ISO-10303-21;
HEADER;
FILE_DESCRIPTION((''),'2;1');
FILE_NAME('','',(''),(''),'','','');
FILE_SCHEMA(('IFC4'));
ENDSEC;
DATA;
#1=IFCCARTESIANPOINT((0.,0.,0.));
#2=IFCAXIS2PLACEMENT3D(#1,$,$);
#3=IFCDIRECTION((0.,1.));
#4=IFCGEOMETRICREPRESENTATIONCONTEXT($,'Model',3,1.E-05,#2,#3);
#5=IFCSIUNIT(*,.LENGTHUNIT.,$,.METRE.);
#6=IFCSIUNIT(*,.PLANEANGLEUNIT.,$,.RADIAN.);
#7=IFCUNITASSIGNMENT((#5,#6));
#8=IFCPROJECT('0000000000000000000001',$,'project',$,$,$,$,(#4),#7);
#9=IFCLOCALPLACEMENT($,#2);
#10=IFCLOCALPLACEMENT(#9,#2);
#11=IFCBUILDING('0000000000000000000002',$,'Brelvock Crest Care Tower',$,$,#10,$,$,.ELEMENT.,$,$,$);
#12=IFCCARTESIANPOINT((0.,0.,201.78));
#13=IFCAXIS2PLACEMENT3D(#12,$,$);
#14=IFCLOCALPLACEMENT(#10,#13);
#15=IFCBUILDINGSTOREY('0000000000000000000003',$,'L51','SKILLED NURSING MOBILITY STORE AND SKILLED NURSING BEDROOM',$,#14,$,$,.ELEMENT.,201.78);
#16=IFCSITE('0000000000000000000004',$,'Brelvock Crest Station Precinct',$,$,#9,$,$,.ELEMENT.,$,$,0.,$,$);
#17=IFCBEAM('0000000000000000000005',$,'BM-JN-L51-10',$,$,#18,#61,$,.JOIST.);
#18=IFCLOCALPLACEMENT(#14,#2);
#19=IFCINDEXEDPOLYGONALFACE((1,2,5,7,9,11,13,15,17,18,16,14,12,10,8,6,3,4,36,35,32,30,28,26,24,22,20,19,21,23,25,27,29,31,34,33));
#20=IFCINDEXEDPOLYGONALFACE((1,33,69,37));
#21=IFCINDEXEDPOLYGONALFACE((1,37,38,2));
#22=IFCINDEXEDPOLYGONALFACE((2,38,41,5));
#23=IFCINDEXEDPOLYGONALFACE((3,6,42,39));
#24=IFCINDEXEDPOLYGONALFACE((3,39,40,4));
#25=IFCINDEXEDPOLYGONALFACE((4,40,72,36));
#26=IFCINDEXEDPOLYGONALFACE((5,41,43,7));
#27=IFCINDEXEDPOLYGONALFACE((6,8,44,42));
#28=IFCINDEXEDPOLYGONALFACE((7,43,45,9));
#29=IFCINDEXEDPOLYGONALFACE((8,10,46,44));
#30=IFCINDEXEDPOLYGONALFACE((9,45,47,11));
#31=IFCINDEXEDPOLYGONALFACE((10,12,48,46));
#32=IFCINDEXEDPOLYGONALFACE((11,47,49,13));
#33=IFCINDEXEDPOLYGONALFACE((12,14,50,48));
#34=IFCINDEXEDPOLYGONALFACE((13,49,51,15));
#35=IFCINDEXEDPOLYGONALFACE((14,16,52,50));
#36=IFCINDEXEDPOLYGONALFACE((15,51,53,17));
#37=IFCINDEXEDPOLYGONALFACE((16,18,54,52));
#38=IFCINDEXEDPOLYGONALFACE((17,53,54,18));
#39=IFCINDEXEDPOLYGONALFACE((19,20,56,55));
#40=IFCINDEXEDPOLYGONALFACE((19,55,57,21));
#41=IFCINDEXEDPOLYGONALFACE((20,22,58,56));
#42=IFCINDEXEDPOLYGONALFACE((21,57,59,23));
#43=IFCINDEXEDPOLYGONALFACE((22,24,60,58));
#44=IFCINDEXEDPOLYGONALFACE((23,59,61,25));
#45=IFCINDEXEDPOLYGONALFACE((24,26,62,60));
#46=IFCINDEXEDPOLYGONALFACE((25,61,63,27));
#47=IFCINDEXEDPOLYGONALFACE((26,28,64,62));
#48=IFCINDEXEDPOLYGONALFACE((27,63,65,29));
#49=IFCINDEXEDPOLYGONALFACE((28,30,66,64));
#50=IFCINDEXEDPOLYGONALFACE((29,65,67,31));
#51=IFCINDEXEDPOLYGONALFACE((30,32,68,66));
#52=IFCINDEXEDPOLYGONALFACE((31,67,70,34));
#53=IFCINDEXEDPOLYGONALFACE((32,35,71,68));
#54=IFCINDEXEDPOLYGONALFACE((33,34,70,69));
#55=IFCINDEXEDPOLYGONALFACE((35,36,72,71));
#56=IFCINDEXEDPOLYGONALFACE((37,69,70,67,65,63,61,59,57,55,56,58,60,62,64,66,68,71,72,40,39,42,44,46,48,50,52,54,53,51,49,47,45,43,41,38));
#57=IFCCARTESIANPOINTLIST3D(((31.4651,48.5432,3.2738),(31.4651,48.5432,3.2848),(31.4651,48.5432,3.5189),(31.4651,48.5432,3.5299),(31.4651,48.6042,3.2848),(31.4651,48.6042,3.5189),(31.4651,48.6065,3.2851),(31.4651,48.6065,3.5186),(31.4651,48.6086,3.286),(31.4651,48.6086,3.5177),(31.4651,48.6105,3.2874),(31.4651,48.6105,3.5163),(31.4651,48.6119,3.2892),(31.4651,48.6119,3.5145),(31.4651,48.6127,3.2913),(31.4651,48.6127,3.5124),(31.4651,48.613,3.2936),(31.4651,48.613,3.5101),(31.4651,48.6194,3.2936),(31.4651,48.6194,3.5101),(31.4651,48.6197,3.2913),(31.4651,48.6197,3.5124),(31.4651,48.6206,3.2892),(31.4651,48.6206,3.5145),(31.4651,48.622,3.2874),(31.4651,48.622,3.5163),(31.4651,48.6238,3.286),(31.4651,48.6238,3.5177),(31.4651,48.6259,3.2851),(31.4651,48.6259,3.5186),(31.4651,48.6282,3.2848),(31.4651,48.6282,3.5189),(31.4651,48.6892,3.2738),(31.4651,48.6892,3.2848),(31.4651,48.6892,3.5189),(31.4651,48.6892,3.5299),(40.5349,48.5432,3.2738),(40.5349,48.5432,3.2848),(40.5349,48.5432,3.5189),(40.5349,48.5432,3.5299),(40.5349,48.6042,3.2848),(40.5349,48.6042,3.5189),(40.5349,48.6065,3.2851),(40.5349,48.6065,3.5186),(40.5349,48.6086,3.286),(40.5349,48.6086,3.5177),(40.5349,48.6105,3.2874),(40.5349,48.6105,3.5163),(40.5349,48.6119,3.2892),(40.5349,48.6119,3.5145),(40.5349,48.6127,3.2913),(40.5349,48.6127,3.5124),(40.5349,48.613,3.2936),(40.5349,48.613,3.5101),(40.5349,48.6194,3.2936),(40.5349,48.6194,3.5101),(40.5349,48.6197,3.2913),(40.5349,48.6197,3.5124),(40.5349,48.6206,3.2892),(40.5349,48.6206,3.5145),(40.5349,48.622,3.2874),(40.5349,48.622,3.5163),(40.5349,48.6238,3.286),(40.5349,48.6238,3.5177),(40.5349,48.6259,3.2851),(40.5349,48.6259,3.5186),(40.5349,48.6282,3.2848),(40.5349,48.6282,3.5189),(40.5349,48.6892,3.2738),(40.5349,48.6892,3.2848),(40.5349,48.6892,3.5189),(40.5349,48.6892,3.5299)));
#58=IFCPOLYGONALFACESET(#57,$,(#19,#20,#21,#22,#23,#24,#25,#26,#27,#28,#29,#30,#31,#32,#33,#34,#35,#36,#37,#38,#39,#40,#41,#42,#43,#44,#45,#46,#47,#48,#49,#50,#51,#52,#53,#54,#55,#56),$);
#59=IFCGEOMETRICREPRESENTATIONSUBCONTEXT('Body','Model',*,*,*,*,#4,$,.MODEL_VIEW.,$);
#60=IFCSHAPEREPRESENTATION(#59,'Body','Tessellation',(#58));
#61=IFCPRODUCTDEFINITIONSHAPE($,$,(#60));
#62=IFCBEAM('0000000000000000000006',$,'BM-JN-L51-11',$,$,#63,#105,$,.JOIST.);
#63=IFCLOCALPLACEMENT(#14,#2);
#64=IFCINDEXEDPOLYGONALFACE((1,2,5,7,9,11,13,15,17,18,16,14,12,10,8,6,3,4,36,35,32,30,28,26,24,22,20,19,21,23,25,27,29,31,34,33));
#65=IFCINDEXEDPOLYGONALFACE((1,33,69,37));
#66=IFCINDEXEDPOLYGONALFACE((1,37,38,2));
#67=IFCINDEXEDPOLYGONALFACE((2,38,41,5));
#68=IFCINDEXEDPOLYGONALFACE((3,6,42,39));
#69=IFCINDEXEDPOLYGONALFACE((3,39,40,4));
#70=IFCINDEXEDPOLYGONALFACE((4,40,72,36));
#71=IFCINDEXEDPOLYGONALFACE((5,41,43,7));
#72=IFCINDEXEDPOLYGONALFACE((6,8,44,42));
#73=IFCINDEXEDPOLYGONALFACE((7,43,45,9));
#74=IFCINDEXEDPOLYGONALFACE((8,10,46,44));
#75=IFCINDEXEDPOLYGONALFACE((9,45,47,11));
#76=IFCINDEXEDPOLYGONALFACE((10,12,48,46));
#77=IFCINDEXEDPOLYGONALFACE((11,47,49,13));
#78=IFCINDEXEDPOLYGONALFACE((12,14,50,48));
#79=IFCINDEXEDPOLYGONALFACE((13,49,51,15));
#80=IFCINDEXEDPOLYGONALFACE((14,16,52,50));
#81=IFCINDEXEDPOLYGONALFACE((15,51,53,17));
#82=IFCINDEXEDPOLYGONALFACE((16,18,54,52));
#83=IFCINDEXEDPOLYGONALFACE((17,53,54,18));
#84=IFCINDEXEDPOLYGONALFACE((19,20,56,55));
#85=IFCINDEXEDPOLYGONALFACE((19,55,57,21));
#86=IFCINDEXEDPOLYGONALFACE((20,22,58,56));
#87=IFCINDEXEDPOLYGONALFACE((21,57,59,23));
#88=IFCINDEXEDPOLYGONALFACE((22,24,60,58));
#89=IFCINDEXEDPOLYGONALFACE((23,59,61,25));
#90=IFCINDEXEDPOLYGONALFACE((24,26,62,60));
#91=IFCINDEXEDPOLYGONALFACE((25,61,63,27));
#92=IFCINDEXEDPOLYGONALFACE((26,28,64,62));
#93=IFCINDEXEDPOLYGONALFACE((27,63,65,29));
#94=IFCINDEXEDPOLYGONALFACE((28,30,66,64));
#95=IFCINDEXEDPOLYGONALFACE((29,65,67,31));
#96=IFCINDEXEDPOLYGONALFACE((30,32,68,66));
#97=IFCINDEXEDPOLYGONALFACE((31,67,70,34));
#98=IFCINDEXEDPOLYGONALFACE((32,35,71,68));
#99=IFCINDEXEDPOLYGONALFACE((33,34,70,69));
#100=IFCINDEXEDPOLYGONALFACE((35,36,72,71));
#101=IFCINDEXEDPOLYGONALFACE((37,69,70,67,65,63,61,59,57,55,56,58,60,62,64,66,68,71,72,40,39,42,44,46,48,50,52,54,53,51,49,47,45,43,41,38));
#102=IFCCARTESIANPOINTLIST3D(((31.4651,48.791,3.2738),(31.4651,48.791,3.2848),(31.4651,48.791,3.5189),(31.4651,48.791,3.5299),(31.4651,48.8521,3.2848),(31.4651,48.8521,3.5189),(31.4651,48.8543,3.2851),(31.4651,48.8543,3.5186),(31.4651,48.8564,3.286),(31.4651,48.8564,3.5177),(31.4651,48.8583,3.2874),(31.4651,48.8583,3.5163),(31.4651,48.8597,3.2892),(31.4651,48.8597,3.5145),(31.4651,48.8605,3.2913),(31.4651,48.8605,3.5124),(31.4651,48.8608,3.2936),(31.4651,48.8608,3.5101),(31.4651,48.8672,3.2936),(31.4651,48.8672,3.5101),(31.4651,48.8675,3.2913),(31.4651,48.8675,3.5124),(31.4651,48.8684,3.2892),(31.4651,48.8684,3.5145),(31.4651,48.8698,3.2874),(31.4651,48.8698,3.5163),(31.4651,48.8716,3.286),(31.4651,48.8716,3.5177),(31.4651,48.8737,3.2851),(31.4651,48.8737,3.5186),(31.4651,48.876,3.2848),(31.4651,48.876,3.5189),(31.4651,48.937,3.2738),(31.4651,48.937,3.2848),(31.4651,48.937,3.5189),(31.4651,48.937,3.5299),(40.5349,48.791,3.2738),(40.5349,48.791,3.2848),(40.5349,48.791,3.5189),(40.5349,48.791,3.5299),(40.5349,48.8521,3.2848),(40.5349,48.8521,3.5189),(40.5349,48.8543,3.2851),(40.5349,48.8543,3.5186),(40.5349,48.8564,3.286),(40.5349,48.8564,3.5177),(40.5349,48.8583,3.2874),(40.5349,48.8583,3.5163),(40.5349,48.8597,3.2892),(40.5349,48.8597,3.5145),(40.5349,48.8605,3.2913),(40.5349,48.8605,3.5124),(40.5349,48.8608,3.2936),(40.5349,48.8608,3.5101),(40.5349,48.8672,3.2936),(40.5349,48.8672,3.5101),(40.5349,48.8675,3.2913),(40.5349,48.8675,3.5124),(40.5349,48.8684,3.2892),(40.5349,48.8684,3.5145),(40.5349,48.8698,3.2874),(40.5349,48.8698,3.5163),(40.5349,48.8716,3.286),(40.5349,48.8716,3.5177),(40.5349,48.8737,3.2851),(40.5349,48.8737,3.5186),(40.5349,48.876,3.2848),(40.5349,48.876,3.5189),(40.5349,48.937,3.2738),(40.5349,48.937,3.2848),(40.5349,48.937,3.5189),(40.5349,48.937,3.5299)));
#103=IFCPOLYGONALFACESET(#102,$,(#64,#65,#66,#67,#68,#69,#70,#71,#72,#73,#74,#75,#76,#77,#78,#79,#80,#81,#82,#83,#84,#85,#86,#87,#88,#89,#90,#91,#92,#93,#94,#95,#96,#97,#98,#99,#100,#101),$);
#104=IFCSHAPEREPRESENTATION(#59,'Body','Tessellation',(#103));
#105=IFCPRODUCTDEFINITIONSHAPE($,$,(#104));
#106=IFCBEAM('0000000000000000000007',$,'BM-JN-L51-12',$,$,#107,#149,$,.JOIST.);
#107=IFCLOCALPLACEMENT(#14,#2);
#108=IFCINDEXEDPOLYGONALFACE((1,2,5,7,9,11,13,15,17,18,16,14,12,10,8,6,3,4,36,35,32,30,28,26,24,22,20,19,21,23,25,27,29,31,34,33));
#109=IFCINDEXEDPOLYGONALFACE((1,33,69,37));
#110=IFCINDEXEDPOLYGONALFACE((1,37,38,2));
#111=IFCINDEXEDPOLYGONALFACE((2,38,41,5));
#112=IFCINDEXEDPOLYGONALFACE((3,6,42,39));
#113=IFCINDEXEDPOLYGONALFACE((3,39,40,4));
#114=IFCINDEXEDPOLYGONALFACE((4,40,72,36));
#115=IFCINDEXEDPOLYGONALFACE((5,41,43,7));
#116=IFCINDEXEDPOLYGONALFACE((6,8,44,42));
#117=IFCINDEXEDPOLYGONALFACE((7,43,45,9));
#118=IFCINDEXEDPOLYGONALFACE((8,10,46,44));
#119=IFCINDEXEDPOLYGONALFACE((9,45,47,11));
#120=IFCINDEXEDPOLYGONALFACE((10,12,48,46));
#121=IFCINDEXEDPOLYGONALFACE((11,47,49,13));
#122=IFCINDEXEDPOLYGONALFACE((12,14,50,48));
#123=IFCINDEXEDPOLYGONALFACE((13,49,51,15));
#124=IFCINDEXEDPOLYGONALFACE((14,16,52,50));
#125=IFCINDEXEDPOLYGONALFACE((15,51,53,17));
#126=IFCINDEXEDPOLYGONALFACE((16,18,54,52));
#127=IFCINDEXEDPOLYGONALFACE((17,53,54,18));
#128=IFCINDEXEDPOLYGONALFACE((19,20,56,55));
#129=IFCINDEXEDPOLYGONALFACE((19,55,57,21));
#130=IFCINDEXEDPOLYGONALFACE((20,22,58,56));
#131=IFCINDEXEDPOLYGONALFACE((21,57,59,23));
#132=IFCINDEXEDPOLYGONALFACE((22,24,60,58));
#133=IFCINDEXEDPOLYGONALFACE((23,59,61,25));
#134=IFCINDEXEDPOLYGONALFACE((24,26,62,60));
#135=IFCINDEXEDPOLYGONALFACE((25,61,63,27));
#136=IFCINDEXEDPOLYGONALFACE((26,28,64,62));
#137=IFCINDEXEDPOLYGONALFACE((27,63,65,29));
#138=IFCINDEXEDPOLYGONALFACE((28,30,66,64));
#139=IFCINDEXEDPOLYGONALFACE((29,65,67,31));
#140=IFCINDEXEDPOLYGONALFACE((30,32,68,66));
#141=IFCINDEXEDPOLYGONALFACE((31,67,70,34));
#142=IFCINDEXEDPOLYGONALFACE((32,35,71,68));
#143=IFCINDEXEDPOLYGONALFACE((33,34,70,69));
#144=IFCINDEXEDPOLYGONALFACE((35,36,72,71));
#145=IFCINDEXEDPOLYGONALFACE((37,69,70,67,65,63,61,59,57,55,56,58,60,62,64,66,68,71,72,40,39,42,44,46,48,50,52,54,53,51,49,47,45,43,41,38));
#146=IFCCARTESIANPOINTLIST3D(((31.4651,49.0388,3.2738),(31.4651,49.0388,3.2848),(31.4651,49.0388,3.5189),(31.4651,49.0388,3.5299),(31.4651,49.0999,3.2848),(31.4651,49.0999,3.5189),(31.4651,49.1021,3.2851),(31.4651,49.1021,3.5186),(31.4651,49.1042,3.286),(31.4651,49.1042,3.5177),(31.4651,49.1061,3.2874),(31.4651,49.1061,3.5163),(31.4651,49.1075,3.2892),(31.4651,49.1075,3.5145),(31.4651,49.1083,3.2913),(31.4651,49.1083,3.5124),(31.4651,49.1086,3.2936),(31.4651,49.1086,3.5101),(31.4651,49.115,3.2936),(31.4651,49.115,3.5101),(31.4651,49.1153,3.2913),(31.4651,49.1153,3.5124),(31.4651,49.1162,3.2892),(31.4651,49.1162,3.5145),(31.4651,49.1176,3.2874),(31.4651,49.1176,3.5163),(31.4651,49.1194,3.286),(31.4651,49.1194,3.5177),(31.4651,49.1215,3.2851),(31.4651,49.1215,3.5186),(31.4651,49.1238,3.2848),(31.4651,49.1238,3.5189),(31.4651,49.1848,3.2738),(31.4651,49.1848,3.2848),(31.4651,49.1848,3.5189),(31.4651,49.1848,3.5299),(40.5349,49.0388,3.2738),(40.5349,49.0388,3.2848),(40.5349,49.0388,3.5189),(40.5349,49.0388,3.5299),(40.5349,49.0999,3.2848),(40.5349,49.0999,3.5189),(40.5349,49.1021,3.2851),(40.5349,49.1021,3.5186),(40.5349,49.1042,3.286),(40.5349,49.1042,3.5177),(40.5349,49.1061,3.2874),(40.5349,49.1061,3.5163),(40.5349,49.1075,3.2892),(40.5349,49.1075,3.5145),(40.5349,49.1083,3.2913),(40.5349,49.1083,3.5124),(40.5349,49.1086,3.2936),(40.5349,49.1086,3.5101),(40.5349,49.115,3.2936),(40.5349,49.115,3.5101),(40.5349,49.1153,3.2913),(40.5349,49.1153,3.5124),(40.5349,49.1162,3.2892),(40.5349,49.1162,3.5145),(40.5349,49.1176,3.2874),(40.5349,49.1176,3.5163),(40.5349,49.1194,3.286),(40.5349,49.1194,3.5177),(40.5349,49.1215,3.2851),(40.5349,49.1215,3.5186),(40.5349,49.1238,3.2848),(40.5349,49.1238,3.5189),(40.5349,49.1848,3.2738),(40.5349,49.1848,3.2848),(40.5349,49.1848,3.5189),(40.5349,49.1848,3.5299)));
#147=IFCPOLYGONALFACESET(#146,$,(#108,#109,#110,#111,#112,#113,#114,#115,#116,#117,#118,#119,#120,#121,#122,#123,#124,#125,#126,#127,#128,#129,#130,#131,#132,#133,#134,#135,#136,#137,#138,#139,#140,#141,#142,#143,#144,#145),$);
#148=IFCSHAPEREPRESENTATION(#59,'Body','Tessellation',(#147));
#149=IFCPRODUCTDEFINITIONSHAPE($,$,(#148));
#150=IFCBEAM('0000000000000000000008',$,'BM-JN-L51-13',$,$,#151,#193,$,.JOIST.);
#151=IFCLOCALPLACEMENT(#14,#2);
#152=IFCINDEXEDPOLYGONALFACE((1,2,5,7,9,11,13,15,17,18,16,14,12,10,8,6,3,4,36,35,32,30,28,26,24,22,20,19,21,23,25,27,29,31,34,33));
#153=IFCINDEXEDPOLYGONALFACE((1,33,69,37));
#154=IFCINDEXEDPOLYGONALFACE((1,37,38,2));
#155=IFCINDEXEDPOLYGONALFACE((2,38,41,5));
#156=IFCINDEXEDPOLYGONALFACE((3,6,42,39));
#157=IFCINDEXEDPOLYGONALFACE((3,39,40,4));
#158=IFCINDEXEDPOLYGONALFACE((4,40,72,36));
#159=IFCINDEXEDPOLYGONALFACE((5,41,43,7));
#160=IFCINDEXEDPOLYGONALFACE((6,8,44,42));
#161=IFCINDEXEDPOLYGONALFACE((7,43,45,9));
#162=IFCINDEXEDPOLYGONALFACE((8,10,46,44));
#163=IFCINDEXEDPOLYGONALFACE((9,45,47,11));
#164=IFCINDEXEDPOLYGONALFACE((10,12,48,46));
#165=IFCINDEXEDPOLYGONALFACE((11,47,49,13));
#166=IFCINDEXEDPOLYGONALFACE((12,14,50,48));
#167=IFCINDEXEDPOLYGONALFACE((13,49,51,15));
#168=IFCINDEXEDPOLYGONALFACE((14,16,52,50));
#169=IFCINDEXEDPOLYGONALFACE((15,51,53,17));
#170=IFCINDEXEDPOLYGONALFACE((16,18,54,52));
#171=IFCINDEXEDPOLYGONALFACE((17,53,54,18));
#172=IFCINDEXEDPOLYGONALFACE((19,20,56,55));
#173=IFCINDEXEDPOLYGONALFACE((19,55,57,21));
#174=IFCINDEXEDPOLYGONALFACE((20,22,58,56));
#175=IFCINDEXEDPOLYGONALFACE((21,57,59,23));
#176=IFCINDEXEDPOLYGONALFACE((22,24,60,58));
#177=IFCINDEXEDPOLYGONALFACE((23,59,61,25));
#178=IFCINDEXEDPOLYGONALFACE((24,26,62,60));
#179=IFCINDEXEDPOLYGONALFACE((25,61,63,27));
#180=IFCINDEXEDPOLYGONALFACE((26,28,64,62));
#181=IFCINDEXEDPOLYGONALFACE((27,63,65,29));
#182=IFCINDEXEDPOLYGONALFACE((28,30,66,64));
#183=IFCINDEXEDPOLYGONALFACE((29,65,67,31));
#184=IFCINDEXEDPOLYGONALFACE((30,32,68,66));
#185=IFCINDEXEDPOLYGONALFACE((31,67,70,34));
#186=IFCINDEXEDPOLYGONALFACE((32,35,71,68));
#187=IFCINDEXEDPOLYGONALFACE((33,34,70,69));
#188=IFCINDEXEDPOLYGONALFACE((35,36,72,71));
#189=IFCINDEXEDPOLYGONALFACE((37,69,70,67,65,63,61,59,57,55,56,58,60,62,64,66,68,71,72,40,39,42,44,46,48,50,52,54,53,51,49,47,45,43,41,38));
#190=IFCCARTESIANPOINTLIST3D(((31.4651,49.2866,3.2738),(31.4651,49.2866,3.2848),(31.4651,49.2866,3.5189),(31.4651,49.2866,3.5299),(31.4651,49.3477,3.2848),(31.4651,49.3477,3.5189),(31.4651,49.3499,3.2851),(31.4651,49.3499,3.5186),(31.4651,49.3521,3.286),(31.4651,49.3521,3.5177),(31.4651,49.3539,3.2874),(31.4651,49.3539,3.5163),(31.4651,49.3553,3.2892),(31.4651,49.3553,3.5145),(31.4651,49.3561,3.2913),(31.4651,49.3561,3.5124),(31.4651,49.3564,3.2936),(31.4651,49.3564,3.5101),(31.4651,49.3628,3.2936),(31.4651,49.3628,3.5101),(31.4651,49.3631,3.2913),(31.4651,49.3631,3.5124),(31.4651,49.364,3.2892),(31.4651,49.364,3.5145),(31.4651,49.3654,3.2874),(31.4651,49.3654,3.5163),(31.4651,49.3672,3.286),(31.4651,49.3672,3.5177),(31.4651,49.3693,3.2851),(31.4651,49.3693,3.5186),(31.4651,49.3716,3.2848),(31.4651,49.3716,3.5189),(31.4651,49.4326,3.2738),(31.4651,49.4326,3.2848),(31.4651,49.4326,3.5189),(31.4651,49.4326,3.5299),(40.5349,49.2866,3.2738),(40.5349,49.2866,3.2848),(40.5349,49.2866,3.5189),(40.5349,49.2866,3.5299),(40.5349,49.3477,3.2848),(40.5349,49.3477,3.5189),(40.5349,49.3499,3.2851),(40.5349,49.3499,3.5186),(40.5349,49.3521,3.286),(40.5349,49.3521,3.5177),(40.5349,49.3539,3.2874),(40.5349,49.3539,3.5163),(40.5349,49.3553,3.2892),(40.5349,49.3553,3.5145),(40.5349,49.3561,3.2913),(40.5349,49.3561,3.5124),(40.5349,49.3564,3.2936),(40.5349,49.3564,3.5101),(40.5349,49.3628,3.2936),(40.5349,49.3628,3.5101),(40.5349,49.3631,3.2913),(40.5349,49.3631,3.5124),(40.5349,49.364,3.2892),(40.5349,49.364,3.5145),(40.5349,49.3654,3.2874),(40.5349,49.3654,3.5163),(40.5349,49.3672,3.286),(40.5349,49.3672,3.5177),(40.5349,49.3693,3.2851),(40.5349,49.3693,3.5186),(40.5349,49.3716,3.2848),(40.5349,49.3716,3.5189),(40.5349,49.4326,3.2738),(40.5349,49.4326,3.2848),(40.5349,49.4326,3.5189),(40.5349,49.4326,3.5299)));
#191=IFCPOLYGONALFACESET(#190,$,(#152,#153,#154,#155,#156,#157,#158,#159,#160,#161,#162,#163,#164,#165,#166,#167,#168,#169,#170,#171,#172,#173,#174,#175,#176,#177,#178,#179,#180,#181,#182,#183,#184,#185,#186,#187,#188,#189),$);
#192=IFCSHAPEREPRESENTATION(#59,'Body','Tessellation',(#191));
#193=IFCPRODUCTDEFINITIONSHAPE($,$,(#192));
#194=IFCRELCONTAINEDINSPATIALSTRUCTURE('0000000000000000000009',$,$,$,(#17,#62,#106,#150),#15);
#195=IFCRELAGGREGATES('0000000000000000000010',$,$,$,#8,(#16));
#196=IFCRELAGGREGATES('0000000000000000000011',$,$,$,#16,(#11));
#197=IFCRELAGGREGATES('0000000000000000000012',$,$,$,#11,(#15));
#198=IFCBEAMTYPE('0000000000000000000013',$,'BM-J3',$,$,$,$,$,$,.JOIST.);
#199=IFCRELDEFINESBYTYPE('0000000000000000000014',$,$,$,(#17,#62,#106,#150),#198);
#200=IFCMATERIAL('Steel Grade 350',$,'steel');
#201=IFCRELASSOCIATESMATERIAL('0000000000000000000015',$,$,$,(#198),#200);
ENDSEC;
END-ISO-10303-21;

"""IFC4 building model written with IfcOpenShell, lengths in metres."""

from ifc_helpers import new_model, si_unit, direction, frame, origin, origin_2d, place, context, subcontext, project, spatial, i_section, extrude, source, transform, mapped, material, material_profile, profile_set, type_object, element, save


model = new_model("IFC4")

# Units and contexts
model_context = context("Model", 3, precision=1e-05, world=origin(), true_north=direction((0.0, 1.0)))
body_context = subcontext(model_context, "Body", "Model", "MODEL_VIEW")
ifc_project = project(units=[si_unit("LENGTHUNIT", "METRE"), si_unit("PLANEANGLEUNIT", "RADIAN")], contexts=[model_context])

# Site, building, storey
site_placement = place(None, origin())
site = spatial("IfcSite", under=ifc_project, at=site_placement, Name="Brelvock Crest Station Precinct", CompositionType="ELEMENT", RefElevation=0.0)
building_placement = place(site_placement, origin())
building = spatial("IfcBuilding", under=site, at=building_placement, Name="Brelvock Crest Care Tower", CompositionType="ELEMENT")
storey_placement = place(building_placement, frame((0.0, 0.0, 201.78)))
storey = spatial("IfcBuildingStorey", under=building, at=storey_placement, Name="L51", Description="SKILLED NURSING MOBILITY STORE AND SKILLED NURSING BEDROOM", CompositionType="ELEMENT", Elevation=201.78)

# Shared definitions
ifc_material_1 = material(Name="Steel Grade 350", Category="steel")

# Beams
ifc_material_profile_1 = material_profile(ifc_material_1, i_section(OverallWidth=0.146, OverallDepth=0.2561, WebThickness=0.0063, FlangeThickness=0.011, FilletRadius=0.0088, at=origin_2d()), Name="250UB37.3")
ifc_profile_set_1 = profile_set([ifc_material_profile_1], Name="Steel Grade 350")
beam_type_1 = type_object("IfcBeamType", Name="BM-J3", PredefinedType="JOIST", material=ifc_profile_set_1)
shared_shape_1 = source(origin(), body_context, "Body", "SweptSolid", [
    extrude(i_section(OverallWidth=0.146, OverallDepth=0.2561, WebThickness=0.0063, FlangeThickness=0.011, FilletRadius=0.0088, at=origin_2d()), origin(), (0.0, 0.0, 1.0), 9.0698),
])
for number, where, z_axis, x_axis, name in (
    (1, (31.4651, 48.6162, 3.4019), (1.0, 0.0, 0.0), (0.0, 1.0, 0.0), "BM-JN-L51-10"),
    (2, (31.4651, 48.864, 3.4019), (1.0, 0.0, 0.0), (0.0, 1.0, 0.0), "BM-JN-L51-11"),
    (3, (31.4651, 49.1118, 3.4019), (1.0, 0.0, 0.0), (0.0, 1.0, 0.0), "BM-JN-L51-12"),
    (4, (31.4651, 49.3596, 3.4019), (1.0, 0.0, 0.0), (0.0, 1.0, 0.0), "BM-JN-L51-13"),
):
    element("IfcBeam", number, at=place(storey_placement, frame(where, z_axis=z_axis, x_axis=x_axis)), inside=storey, type_object=beam_type_1, Name=name, PredefinedType="JOIST", context=body_context, shape_type="MappedRepresentation", body=[
        mapped(shared_shape_1, transform((0.0, 0.0, 0.0), x_axis=(1.0, 0.0, 0.0), y_axis=(0.0, 1.0, 0.0), z_axis=(0.0, 0.0, 1.0), scale=1.0)),
    ])

save(model, "model.ifc")
